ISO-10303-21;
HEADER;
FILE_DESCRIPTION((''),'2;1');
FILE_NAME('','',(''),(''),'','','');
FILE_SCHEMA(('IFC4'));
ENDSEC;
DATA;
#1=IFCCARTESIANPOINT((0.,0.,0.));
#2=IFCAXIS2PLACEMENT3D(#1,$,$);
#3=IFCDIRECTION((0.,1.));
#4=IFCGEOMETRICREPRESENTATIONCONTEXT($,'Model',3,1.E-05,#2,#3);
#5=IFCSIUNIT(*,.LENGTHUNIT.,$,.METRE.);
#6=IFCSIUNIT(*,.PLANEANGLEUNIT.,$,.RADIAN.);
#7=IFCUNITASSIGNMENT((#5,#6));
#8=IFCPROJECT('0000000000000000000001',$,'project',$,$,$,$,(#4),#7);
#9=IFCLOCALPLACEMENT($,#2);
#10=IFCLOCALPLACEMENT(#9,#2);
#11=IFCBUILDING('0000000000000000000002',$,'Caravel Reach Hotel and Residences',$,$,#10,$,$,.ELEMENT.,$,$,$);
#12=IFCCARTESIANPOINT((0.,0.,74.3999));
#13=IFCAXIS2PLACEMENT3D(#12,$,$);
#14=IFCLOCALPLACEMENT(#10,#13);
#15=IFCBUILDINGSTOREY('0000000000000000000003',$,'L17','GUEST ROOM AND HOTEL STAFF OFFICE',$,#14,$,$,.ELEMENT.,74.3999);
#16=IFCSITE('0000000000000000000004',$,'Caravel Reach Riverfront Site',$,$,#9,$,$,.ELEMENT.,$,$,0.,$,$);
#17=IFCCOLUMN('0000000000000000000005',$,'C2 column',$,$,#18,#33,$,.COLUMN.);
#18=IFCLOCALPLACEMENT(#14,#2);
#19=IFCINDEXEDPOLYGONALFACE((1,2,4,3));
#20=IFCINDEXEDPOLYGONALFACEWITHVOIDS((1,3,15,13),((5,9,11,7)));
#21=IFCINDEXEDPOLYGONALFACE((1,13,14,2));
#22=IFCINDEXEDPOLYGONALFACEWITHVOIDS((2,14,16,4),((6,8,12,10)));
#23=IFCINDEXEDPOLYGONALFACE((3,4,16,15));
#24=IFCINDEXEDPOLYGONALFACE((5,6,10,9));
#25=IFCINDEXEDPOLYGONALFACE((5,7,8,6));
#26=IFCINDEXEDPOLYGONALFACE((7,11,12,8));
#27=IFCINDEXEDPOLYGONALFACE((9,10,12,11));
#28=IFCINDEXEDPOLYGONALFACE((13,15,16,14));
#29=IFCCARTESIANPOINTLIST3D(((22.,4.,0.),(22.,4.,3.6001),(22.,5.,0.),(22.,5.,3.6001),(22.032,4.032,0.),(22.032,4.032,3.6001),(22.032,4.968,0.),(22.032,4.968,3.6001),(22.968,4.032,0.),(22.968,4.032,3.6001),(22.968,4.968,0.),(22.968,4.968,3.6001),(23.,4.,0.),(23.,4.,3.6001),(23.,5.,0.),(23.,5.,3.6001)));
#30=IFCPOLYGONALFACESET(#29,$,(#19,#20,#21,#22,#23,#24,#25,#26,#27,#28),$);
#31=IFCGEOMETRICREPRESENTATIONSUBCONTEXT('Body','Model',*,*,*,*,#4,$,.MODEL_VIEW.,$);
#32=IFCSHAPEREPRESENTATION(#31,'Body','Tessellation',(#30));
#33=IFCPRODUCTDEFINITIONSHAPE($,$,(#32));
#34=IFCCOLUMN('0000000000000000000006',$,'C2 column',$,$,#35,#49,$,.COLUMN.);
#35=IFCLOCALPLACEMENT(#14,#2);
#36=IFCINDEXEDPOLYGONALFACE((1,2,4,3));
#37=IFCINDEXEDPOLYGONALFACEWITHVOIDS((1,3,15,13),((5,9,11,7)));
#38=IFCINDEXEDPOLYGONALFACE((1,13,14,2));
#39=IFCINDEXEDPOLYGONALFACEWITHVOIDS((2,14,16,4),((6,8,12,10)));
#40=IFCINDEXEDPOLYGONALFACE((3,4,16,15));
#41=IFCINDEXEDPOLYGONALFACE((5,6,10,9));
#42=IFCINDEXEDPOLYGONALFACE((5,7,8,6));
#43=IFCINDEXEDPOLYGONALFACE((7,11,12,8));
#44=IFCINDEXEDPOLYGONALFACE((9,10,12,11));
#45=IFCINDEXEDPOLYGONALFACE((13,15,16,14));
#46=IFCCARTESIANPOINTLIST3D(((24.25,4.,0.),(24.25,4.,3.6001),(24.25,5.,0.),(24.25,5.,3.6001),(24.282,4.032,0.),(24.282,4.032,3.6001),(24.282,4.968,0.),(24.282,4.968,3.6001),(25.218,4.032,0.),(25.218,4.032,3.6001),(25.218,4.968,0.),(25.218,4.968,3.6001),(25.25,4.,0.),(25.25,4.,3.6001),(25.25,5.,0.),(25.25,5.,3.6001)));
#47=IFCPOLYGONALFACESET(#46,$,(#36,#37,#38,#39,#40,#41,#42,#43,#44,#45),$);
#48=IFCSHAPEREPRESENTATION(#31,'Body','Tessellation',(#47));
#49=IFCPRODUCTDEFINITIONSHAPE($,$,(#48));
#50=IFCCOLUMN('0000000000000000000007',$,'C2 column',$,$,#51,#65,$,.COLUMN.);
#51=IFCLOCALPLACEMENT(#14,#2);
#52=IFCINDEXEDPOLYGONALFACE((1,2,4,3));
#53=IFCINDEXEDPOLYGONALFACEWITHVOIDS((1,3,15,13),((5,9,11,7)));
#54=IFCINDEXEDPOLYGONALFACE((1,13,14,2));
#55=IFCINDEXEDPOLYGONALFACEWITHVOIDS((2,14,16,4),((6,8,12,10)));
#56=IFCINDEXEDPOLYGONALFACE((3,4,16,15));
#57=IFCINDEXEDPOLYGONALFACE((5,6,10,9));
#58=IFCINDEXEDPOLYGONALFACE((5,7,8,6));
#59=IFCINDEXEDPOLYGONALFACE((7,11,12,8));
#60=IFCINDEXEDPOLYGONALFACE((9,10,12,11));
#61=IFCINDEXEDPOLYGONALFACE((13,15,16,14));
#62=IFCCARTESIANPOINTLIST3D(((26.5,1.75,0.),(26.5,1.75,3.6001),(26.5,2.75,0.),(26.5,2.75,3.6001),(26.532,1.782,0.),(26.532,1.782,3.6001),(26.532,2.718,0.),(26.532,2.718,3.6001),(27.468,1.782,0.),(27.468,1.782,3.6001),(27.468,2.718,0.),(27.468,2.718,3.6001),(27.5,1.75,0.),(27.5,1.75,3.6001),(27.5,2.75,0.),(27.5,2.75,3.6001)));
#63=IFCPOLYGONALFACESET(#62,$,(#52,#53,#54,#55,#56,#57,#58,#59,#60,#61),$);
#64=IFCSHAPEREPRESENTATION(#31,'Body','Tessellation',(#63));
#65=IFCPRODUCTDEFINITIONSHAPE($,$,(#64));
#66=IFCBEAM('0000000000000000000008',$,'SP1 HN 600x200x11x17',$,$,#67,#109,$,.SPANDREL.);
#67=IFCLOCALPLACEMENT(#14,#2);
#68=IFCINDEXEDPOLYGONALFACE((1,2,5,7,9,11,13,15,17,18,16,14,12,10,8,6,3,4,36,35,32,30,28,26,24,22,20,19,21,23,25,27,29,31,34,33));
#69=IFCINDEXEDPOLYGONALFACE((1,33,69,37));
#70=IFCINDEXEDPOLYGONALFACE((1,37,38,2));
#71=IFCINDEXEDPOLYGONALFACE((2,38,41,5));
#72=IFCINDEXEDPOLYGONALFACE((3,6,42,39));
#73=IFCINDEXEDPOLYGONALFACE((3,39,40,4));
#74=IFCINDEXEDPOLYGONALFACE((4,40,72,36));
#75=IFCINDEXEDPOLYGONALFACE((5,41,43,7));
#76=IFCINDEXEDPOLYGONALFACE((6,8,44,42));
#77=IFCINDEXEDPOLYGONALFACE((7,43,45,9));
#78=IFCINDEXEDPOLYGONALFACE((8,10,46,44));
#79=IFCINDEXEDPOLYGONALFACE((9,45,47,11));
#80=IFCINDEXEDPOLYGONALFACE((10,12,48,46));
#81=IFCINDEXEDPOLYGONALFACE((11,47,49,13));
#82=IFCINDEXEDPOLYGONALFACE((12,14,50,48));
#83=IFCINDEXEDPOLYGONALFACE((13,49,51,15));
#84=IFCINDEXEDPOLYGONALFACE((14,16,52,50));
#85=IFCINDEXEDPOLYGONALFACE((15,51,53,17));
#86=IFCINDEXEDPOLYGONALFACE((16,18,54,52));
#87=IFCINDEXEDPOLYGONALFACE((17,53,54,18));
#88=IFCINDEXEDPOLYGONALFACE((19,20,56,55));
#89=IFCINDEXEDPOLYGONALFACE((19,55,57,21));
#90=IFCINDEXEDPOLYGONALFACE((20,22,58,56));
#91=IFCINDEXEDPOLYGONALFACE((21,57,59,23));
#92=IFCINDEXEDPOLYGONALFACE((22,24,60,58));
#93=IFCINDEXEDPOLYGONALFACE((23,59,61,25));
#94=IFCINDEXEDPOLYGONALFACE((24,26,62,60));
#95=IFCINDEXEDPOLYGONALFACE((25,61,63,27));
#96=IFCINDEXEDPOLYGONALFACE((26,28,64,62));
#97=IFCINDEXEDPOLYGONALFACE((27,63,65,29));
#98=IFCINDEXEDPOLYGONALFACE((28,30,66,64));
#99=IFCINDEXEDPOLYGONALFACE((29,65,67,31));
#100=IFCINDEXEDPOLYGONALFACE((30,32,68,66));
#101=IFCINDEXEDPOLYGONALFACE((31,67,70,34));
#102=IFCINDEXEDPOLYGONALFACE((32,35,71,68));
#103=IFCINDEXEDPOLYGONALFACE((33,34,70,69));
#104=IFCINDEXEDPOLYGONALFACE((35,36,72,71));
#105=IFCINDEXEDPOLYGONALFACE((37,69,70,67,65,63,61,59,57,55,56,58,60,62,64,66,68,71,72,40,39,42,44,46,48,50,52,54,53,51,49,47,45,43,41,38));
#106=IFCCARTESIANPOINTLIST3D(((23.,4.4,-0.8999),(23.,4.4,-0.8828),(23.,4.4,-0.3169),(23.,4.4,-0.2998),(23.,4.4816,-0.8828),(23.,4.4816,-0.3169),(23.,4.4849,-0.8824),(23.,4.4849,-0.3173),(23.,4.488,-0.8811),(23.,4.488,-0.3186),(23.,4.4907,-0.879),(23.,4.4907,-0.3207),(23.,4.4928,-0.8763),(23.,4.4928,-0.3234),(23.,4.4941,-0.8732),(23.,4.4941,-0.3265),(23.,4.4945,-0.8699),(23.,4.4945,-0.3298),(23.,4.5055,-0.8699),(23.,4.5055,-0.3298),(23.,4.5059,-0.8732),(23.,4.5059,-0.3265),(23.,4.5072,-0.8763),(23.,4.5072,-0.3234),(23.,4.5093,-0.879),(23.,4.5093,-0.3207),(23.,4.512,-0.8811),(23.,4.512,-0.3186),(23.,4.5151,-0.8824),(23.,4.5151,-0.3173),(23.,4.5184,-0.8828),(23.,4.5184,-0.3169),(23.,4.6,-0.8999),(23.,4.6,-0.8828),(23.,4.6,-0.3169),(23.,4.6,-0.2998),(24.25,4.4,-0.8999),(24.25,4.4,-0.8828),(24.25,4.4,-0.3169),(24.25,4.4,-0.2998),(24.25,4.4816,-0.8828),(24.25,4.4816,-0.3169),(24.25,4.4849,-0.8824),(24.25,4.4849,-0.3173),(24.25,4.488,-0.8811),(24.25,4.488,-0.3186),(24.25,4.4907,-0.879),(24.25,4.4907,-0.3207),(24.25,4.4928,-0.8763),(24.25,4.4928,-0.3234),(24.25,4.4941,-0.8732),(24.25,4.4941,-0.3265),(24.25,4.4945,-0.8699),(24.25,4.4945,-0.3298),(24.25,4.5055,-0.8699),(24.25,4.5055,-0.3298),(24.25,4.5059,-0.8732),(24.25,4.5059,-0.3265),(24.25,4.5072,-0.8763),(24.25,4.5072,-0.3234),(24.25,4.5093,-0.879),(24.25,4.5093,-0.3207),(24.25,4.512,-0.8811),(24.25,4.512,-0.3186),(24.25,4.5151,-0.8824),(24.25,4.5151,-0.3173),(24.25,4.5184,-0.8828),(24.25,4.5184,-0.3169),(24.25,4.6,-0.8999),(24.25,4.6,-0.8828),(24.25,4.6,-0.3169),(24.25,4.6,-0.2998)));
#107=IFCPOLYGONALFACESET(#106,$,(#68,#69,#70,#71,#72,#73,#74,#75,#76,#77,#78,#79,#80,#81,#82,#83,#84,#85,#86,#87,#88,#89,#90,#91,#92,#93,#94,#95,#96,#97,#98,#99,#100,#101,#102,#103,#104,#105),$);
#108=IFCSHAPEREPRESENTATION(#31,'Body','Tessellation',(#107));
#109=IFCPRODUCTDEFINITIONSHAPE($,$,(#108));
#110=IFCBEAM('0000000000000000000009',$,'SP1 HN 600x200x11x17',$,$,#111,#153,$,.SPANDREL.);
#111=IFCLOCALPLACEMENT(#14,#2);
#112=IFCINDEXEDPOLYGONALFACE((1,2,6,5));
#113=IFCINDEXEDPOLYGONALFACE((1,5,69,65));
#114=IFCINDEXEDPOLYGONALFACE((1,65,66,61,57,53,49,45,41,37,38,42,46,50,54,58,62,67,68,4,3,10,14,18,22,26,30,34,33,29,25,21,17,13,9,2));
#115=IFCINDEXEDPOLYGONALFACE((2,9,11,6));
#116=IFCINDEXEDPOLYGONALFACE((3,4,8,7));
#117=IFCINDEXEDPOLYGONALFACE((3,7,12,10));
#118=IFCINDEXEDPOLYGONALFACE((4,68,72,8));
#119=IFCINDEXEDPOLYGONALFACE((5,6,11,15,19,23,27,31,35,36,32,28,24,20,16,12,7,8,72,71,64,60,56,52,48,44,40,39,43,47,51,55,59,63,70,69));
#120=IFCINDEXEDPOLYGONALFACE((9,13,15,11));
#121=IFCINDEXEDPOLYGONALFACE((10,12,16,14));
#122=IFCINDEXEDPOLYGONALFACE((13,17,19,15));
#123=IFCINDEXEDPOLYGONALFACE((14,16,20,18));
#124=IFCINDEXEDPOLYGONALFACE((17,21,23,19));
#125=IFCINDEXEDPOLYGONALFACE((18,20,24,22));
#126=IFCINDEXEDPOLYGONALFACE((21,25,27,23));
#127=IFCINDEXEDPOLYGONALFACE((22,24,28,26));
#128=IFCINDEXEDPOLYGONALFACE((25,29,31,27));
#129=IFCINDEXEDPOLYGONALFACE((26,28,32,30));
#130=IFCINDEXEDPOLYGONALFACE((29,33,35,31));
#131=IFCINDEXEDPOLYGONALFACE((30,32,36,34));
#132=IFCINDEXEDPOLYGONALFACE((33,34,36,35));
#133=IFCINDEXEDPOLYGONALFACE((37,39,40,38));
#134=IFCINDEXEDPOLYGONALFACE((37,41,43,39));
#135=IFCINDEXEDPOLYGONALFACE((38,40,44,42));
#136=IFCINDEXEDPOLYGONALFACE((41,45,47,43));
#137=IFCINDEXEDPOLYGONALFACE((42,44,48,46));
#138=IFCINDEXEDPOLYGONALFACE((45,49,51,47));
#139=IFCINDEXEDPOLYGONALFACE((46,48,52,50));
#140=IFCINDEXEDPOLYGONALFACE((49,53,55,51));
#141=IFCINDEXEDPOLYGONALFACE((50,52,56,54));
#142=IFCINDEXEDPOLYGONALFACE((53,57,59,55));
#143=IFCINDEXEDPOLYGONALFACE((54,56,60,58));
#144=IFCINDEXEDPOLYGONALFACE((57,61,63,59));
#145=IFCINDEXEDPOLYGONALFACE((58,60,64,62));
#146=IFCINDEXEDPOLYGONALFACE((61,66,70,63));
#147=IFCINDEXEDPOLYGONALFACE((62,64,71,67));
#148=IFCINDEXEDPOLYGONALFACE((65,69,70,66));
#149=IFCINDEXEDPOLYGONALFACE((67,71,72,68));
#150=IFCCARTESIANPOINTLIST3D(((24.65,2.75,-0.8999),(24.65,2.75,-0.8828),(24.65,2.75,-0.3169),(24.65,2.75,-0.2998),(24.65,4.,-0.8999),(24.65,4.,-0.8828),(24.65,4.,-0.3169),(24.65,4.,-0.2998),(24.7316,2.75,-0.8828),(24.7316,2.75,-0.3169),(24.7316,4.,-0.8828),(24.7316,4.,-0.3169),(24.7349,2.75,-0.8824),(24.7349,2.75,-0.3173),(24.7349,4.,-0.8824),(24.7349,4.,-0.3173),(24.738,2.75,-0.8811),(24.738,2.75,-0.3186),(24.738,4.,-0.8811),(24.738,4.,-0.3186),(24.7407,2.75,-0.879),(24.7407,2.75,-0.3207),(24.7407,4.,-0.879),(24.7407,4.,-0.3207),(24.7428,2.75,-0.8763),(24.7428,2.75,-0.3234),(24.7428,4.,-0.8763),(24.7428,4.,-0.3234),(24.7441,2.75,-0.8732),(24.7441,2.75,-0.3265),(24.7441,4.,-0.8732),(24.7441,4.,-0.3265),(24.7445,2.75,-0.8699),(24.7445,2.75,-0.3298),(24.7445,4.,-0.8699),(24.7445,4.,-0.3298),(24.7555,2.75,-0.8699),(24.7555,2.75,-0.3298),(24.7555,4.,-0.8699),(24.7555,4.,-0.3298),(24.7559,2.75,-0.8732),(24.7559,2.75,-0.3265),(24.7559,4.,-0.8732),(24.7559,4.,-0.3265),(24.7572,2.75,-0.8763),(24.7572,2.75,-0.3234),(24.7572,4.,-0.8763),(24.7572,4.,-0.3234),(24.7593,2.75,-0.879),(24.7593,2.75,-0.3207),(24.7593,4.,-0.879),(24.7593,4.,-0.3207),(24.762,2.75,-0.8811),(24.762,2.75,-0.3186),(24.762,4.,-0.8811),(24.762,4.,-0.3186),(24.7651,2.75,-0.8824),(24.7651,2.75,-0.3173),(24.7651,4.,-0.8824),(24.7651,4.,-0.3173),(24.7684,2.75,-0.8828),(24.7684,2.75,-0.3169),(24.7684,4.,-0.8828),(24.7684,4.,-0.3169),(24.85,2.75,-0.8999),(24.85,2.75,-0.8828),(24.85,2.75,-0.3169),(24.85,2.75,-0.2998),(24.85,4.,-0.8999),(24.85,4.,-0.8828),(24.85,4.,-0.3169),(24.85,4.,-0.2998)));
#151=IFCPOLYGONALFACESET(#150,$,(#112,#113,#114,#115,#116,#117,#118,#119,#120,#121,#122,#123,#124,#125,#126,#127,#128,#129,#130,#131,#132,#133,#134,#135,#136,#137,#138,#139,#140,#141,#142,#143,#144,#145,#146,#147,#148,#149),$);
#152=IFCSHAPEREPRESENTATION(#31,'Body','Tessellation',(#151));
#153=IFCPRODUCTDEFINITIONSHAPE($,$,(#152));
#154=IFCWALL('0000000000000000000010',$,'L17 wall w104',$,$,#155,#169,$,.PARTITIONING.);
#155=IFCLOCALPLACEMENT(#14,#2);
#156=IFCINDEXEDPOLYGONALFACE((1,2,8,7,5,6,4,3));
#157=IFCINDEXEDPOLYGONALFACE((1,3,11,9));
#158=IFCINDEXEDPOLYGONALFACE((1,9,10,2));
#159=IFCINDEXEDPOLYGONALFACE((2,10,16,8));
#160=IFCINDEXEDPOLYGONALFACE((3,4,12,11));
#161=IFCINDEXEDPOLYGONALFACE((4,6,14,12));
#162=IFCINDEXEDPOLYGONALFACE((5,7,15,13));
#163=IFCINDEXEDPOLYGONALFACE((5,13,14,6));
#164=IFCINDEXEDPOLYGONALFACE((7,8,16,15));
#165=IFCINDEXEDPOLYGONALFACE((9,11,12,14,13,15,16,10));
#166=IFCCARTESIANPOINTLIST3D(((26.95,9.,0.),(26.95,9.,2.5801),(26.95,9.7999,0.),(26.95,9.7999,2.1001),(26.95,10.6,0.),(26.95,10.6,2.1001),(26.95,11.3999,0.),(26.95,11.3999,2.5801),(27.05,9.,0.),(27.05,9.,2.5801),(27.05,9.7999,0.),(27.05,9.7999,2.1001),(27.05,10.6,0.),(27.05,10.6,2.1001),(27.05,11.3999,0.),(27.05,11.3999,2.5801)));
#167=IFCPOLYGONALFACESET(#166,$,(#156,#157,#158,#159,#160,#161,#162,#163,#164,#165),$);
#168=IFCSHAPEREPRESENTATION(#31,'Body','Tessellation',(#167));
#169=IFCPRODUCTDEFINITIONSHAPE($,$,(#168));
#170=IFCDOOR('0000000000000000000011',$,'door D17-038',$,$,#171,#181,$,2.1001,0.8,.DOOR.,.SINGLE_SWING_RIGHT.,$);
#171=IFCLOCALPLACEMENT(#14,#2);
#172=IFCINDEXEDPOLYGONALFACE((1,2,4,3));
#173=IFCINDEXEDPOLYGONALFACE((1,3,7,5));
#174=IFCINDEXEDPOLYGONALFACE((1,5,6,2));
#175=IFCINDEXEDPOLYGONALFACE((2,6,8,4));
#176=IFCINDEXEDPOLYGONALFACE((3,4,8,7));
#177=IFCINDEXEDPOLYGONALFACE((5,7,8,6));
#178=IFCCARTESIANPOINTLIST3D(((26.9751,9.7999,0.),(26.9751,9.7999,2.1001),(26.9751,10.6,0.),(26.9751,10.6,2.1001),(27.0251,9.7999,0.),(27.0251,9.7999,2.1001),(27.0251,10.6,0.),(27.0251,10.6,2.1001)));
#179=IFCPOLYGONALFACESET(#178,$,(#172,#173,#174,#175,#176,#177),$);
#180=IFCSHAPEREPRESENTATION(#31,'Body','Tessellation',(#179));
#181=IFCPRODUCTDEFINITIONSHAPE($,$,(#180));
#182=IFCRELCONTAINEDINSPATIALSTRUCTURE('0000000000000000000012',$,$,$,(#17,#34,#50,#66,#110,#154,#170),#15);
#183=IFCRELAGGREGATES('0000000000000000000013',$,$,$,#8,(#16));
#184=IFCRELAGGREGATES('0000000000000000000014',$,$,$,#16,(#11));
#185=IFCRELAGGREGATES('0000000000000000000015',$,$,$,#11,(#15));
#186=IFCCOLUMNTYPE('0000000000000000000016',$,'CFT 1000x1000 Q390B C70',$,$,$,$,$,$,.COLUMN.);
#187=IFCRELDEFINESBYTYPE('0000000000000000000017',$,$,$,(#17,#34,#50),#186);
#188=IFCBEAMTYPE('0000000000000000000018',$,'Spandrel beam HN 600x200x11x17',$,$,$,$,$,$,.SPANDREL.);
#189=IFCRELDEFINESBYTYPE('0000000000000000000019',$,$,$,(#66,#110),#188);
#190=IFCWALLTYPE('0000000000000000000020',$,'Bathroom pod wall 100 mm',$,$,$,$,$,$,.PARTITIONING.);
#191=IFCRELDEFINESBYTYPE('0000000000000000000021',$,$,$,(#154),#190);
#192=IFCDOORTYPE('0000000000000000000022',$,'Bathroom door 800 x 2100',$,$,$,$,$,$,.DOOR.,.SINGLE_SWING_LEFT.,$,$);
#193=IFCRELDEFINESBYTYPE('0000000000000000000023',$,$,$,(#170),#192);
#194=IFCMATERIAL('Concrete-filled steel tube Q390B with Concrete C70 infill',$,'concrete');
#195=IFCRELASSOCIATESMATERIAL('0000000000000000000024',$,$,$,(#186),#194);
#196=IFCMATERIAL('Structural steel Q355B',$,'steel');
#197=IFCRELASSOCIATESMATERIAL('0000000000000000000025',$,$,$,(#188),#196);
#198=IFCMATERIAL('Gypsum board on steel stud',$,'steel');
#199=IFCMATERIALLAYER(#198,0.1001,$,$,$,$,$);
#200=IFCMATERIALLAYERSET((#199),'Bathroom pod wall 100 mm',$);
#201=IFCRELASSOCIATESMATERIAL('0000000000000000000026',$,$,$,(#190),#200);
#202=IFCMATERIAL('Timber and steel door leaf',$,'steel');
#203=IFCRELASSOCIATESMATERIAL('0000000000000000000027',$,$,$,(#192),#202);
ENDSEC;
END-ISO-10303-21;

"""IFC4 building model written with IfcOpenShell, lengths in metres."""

from ifc_helpers import new_model, si_unit, direction, frame, frame_2d, origin, origin_2d, place, context, subcontext, project, spatial, rectangle, hollow_rectangle, i_section, extrude, material, layer, layer_set, material_profile, profile_set, type_object, element, fill, save


model = new_model("IFC4")

# Units and contexts
model_context = context("Model", 3, precision=1e-05, world=origin(), true_north=direction((0.0, 1.0)))
body_context = subcontext(model_context, "Body", "Model", "MODEL_VIEW")
ifc_project = project(units=[si_unit("LENGTHUNIT", "METRE"), si_unit("PLANEANGLEUNIT", "RADIAN")], contexts=[model_context])

# Site, building, storey
site_placement = place(None, origin())
site = spatial("IfcSite", under=ifc_project, at=site_placement, Name="Caravel Reach Riverfront Site", CompositionType="ELEMENT", RefElevation=0.0)
building_placement = place(site_placement, origin())
building = spatial("IfcBuilding", under=site, at=building_placement, Name="Caravel Reach Hotel and Residences", CompositionType="ELEMENT")
storey_placement = place(building_placement, frame((0.0, 0.0, 74.3999)))
storey = spatial("IfcBuildingStorey", under=building, at=storey_placement, Name="L17", Description="GUEST ROOM AND HOTEL STAFF OFFICE", CompositionType="ELEMENT", Elevation=74.3999)

# Columns
ifc_material_1 = material(Name="Concrete-filled steel tube Q390B with Concrete C70 infill", Category="concrete")
ifc_material_profile_1 = material_profile(ifc_material_1, hollow_rectangle(XDim=1.0, YDim=1.0, WallThickness=0.032, at=origin_2d()), Name="RHS 1000x1000x32")
ifc_profile_set_1 = profile_set([ifc_material_profile_1], Name="Concrete-filled steel tube Q390B with Concrete C70 infill")
column_type = type_object("IfcColumnType", Name="CFT 1000x1000 Q390B C70", PredefinedType="COLUMN", material=ifc_profile_set_1)
for number, where, z_axis, x_axis, name in (
    (1, (22.5, 4.5, 0.0), (0.0, 0.0, 1.0), (1.0, 0.0, 0.0), "C2 column"),
    (2, (24.75, 4.5, 0.0), (0.0, 0.0, 1.0), (1.0, 0.0, 0.0), "C2 column"),
    (3, (27.0, 2.25, 0.0), (0.0, 0.0, 1.0), (1.0, 0.0, 0.0), "C2 column"),
):
    element("IfcColumn", number, at=place(storey_placement, frame(where, z_axis=z_axis, x_axis=x_axis)), inside=storey, type_object=column_type, Name=name, PredefinedType="COLUMN", context=body_context, shape_type="SweptSolid", body=[
        extrude(hollow_rectangle(XDim=1.0, YDim=1.0, WallThickness=0.032, at=origin_2d()), origin(), (0.0, 0.0, 1.0), 3.6001),
    ])

# Beams
ifc_material_2 = material(Name="Structural steel Q355B", Category="steel")
ifc_material_profile_2 = material_profile(ifc_material_2, i_section(OverallWidth=0.2, OverallDepth=0.6001, WebThickness=0.011, FlangeThickness=0.0171, FilletRadius=0.0129, at=origin_2d()), Name="HN 600x200x11x17")
ifc_profile_set_2 = profile_set([ifc_material_profile_2], Name="Structural steel Q355B")
beam_type = type_object("IfcBeamType", Name="Spandrel beam HN 600x200x11x17", PredefinedType="SPANDREL", material=ifc_profile_set_2)
for number, where, z_axis, x_axis, name in (
    (4, (23.0, 4.5, -0.5999), (1.0, 0.0, 0.0), (0.0, 1.0, 0.0), "SP1 HN 600x200x11x17"),
    (5, (24.75, 4.0, -0.5999), (0.0, -1.0, 0.0), (1.0, 0.0, 0.0), "SP1 HN 600x200x11x17"),
):
    element("IfcBeam", number, at=place(storey_placement, frame(where, z_axis=z_axis, x_axis=x_axis)), inside=storey, type_object=beam_type, Name=name, PredefinedType="SPANDREL", context=body_context, shape_type="SweptSolid", body=[
        extrude(i_section(OverallWidth=0.2, OverallDepth=0.6001, WebThickness=0.011, FlangeThickness=0.0171, FilletRadius=0.0129, at=origin_2d()), origin(), (0.0, 0.0, 1.0), 1.25),
    ])

# Wall, opening, door
ifc_material_3 = material(Name="Gypsum board on steel stud", Category="steel")
ifc_layer_1 = layer(ifc_material_3, 0.1001)
ifc_layer_set_1 = layer_set([ifc_layer_1], Name="Bathroom pod wall 100 mm")
wall_type_1 = type_object("IfcWallType", Name="Bathroom pod wall 100 mm", PredefinedType="PARTITIONING", material=ifc_layer_set_1)
wall_1_placement = place(storey_placement, frame((27.0, 9.0, 0.0), z_axis=(0.0, 0.0, 1.0), x_axis=(0.0, 1.0, 0.0)))
wall_1 = element("IfcWall", 6, at=wall_1_placement, inside=storey, type_object=wall_type_1, Name="L17 wall w104", PredefinedType="PARTITIONING", context=body_context, shape_type="SweptSolid", body=[
    extrude(rectangle(XDim=2.3999, YDim=0.1001, at=frame_2d((1.2, 0.0))), origin(), (0.0, 0.0, 1.0), 2.5801),
])
opening_1_placement = place(wall_1_placement, frame((0.8, 0.0, 0.0)))
opening_1 = element("IfcOpeningElement", 7, at=opening_1_placement, cuts=wall_1, PredefinedType="OPENING", context=body_context, shape_type="SweptSolid", body=[
    extrude(rectangle(XDim=0.8, YDim=2.1001, at=frame_2d((0.3999, 1.05))), frame((0.0, 0.0601, 0.0), z_axis=(0.0, -1.0, 0.0), x_axis=(1.0, 0.0, 0.0)), (0.0, 0.0, 1.0), 0.1201),
])
ifc_material_4 = material(Name="Timber and steel door leaf", Category="steel")
door_type_1 = type_object("IfcDoorType", Name="Bathroom door 800 x 2100", OperationType="SINGLE_SWING_LEFT", PredefinedType="DOOR", material=ifc_material_4)
door_1_placement = place(opening_1_placement, origin())
door_1 = element("IfcDoor", 8, at=door_1_placement, inside=storey, type_object=door_type_1, Name="door D17-038", OperationType="SINGLE_SWING_RIGHT", OverallHeight=2.1001, OverallWidth=0.8, PredefinedType="DOOR", context=body_context, shape_type="SweptSolid", body=[
    extrude(rectangle(XDim=0.8, YDim=2.1001, at=frame_2d((0.3999, 1.05))), frame((0.0, 0.0249, 0.0), z_axis=(0.0, -1.0, 0.0), x_axis=(1.0, 0.0, 0.0)), (0.0, 0.0, 1.0), 0.05),
])
fill(opening_1, door_1)

save(model, "model.ifc")
